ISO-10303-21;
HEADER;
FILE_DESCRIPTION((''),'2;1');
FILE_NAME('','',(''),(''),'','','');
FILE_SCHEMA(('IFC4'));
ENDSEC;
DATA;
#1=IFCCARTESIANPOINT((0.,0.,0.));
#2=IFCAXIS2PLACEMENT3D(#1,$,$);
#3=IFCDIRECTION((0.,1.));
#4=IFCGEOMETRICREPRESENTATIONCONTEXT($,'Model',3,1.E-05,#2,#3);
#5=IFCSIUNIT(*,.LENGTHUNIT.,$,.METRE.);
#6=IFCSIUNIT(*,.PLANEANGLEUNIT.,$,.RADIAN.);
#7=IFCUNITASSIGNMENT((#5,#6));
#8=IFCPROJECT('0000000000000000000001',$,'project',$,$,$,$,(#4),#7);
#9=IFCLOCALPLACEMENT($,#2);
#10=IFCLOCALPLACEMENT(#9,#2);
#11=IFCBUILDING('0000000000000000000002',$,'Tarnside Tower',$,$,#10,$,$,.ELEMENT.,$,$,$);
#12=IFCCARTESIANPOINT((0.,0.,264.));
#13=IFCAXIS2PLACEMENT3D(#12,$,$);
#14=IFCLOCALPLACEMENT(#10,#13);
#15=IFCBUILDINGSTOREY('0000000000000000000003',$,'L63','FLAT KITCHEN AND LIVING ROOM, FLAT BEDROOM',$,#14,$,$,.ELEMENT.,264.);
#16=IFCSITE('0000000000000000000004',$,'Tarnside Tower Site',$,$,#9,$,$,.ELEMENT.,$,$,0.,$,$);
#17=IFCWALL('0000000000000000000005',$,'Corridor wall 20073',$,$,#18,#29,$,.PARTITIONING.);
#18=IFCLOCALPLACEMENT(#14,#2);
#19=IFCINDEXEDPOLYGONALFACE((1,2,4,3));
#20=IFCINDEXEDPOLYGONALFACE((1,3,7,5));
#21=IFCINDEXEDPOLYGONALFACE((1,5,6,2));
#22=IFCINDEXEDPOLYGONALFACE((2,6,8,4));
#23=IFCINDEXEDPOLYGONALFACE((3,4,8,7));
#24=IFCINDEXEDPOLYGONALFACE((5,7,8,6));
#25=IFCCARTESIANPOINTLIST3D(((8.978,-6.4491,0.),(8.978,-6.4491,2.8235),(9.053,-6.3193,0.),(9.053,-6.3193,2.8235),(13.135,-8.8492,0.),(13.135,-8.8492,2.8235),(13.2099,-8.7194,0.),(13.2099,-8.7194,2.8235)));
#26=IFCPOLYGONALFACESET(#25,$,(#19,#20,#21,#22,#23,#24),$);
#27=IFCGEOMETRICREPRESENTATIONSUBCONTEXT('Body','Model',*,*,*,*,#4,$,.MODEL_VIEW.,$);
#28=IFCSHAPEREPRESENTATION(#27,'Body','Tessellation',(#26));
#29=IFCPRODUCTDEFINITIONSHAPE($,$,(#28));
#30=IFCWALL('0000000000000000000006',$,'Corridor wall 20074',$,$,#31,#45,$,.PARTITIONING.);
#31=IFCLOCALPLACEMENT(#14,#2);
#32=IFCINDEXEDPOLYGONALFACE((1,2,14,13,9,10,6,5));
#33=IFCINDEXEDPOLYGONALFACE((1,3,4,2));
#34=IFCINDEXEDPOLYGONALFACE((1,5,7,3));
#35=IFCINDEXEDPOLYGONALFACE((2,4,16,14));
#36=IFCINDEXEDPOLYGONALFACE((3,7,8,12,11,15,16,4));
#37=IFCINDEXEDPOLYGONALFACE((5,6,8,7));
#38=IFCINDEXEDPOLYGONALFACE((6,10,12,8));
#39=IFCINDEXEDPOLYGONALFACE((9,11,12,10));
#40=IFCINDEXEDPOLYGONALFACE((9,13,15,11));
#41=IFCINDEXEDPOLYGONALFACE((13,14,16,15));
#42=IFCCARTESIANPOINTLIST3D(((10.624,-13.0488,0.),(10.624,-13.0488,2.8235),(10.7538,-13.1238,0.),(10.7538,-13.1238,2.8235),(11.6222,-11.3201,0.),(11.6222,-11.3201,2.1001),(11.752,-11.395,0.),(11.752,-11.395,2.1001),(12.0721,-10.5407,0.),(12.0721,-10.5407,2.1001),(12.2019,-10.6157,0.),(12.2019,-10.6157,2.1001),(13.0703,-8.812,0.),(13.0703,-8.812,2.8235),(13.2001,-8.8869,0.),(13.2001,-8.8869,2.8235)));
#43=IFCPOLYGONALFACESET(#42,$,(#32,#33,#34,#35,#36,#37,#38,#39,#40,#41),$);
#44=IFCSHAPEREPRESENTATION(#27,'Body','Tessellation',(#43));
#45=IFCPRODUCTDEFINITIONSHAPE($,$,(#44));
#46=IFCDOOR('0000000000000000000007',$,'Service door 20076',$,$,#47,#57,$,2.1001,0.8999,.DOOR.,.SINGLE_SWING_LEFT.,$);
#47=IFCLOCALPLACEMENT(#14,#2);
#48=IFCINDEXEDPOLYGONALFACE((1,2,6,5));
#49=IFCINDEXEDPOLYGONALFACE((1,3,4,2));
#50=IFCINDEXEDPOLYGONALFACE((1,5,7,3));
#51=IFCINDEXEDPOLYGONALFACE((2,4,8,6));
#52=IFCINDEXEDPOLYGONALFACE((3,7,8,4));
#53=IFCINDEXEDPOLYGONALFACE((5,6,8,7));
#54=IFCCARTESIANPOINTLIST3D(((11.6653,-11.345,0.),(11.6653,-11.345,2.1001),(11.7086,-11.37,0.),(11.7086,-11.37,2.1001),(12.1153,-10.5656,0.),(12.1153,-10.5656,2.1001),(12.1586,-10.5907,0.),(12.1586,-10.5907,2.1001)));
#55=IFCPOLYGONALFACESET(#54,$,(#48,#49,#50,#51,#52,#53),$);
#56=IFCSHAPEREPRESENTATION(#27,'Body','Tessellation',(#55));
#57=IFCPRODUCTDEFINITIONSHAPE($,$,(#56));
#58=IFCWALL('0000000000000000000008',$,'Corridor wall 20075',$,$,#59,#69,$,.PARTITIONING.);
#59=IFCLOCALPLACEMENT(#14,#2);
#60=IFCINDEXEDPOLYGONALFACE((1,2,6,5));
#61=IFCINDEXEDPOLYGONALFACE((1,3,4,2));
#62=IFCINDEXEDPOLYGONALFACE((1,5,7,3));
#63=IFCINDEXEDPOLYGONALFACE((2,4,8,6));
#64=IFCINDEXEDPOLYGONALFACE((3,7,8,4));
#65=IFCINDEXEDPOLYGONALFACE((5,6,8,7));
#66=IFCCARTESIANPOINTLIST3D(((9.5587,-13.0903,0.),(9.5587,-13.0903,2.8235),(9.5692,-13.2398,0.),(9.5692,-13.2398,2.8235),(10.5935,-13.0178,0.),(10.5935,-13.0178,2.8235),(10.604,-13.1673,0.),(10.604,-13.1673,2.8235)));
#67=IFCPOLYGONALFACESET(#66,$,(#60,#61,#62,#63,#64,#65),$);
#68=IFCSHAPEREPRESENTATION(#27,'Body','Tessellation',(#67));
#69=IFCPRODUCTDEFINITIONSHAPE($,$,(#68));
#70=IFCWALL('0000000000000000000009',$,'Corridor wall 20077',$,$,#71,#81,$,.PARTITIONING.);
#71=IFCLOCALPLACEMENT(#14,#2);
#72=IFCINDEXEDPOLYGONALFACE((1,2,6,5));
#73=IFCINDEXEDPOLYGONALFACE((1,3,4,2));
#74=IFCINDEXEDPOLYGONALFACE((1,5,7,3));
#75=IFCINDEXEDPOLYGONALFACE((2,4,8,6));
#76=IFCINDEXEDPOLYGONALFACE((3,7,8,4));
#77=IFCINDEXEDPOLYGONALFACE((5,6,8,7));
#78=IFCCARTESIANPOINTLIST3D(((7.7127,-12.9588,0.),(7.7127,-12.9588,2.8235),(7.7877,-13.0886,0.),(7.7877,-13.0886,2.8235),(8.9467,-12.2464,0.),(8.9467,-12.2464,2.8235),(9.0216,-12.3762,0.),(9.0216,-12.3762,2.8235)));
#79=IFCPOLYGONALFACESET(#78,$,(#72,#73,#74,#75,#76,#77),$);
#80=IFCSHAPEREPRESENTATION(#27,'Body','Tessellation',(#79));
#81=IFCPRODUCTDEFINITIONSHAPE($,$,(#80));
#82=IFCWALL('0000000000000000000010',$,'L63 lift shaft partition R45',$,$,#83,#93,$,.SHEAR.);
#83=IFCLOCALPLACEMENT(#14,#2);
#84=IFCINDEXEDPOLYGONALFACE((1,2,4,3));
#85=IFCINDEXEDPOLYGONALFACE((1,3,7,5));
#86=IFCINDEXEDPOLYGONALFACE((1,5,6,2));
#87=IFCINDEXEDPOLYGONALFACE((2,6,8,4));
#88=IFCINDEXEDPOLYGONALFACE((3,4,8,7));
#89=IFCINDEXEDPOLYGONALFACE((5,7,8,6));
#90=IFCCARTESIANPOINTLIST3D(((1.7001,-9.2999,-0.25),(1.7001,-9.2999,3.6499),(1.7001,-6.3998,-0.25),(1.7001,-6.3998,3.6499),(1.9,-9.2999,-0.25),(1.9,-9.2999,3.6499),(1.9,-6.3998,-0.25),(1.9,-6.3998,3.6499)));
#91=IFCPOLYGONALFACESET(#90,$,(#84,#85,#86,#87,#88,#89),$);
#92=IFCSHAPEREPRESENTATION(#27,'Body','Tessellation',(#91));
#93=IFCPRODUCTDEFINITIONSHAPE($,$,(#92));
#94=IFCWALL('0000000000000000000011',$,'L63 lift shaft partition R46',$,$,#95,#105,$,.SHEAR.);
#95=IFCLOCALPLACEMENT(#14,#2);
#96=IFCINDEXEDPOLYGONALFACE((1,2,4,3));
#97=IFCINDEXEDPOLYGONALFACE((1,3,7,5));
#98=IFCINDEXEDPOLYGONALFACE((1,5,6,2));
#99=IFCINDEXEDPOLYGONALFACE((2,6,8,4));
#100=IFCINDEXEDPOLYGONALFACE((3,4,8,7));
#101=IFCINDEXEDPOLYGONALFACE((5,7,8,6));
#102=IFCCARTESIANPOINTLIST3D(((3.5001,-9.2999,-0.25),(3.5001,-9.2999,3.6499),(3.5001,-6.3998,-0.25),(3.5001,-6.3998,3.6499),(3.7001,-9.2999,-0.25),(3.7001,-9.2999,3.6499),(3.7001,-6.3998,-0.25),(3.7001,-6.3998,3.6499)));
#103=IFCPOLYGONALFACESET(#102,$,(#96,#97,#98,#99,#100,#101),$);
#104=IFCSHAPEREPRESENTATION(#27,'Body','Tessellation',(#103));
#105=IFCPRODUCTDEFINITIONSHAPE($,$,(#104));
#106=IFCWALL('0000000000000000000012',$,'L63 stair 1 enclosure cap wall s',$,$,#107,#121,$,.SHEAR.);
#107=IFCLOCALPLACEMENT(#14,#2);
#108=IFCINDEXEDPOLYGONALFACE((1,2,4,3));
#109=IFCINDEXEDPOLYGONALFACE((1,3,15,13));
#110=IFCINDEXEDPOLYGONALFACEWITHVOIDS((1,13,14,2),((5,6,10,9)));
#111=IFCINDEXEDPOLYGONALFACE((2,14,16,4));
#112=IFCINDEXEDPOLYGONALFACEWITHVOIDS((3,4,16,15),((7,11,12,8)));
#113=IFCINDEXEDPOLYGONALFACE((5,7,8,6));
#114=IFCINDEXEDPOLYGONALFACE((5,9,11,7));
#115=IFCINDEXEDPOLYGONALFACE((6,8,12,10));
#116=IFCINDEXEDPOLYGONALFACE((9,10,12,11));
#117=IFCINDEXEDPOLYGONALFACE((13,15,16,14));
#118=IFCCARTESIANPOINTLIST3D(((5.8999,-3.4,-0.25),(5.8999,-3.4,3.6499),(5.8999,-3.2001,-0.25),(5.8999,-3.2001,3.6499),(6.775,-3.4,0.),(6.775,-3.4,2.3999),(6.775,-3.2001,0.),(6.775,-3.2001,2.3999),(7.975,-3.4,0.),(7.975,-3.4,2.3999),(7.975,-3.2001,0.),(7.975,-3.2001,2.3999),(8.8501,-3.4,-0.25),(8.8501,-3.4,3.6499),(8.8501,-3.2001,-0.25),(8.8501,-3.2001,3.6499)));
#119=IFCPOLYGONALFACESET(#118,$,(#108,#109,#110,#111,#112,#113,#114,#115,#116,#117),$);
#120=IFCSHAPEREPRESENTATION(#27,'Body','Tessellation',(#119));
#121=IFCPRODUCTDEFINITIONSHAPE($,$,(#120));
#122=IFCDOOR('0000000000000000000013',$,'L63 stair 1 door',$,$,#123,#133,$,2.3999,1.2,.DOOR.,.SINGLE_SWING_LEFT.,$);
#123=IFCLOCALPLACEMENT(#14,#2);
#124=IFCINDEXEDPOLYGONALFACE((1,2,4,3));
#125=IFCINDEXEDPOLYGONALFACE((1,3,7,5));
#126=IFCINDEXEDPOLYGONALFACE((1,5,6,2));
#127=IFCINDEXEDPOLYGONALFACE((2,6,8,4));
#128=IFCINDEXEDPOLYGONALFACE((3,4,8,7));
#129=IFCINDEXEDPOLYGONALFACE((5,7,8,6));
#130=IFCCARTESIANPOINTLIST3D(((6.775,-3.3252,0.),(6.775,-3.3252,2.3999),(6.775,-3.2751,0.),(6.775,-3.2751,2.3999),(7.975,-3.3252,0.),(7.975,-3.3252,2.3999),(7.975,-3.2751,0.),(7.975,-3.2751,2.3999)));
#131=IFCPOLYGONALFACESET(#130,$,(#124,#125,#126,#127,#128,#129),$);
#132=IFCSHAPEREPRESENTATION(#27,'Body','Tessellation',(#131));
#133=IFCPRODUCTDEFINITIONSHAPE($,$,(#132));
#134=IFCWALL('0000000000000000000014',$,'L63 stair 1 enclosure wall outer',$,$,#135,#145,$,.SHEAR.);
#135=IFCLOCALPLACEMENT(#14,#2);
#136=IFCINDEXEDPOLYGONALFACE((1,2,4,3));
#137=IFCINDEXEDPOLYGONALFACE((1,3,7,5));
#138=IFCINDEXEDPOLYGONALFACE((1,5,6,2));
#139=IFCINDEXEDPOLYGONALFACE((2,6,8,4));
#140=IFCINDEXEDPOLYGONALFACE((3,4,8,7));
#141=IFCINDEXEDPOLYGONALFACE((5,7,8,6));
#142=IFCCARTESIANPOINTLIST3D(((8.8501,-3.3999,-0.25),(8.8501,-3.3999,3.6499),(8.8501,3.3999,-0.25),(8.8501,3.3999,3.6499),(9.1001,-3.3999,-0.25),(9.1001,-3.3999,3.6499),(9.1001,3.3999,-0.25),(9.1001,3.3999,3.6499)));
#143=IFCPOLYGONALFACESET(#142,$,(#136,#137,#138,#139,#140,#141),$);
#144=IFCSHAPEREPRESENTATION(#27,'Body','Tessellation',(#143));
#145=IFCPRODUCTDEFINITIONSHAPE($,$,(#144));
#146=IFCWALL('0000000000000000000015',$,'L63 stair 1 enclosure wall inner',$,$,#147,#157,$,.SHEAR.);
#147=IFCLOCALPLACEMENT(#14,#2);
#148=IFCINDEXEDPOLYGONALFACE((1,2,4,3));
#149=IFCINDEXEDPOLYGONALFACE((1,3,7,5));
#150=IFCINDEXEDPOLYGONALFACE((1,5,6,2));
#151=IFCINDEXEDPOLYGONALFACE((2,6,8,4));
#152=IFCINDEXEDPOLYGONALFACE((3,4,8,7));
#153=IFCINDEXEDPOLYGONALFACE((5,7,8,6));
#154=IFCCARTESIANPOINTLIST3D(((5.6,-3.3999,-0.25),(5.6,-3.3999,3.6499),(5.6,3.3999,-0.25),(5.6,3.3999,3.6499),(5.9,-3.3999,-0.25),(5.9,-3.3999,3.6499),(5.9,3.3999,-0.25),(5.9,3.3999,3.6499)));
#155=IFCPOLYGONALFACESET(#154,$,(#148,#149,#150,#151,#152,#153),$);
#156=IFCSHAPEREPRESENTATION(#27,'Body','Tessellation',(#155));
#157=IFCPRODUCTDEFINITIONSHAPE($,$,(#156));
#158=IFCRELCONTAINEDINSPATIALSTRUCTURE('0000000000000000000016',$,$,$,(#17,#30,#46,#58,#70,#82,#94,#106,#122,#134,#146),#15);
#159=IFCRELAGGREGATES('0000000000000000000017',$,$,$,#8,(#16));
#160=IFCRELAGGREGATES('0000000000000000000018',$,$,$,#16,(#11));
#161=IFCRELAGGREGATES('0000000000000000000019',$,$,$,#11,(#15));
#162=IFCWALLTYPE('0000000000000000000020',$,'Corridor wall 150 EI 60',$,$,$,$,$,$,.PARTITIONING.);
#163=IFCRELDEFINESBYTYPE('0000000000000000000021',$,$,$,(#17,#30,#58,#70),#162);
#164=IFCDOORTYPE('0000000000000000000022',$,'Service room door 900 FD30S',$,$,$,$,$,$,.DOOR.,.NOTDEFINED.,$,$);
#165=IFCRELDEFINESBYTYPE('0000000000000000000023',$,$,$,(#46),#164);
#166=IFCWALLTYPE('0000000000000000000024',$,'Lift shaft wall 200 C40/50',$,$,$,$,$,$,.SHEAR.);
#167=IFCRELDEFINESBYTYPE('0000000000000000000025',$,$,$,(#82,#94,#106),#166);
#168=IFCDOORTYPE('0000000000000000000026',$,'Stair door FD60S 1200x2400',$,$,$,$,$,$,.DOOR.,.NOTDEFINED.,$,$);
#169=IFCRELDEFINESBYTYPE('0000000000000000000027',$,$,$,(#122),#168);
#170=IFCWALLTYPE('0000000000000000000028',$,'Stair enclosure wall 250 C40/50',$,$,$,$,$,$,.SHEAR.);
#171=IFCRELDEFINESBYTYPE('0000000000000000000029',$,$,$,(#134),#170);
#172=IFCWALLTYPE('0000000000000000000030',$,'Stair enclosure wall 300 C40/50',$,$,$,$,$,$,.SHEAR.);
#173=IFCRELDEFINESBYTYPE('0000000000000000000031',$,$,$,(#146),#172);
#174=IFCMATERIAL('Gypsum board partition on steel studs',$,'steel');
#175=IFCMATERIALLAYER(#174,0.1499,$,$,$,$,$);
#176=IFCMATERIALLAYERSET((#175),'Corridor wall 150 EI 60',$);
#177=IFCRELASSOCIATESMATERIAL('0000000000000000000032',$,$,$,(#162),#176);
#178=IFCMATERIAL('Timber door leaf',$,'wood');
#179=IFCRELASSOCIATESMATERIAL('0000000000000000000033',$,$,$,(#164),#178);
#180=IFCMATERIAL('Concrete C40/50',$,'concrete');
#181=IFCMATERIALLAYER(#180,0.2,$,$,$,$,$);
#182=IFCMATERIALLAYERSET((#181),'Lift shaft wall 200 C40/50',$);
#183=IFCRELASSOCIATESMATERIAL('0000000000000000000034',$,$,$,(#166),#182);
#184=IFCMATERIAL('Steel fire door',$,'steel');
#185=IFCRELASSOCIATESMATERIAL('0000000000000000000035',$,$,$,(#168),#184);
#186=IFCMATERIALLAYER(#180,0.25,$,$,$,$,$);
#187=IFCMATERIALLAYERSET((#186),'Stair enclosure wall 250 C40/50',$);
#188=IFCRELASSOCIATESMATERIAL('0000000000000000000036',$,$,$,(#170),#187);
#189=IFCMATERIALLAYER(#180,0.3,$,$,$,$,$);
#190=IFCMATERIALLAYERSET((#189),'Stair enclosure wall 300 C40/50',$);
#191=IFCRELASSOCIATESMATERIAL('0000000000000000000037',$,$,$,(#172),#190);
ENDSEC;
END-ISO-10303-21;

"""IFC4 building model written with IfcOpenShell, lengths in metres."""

from ifc_helpers import new_model, si_unit, direction, frame, frame_2d, origin, place, context, subcontext, project, spatial, rectangle, extrude, material, layer, layer_set, type_object, element, fill, save


model = new_model("IFC4")

# Units and contexts
model_context = context("Model", 3, precision=1e-05, world=origin(), true_north=direction((0.0, 1.0)))
body_context = subcontext(model_context, "Body", "Model", "MODEL_VIEW")
ifc_project = project(units=[si_unit("LENGTHUNIT", "METRE"), si_unit("PLANEANGLEUNIT", "RADIAN")], contexts=[model_context])

# Site, building, storey
site_placement = place(None, origin())
site = spatial("IfcSite", under=ifc_project, at=site_placement, Name="Tarnside Tower Site", CompositionType="ELEMENT", RefElevation=0.0)
building_placement = place(site_placement, origin())
building = spatial("IfcBuilding", under=site, at=building_placement, Name="Tarnside Tower", CompositionType="ELEMENT")
storey_placement = place(building_placement, frame((0.0, 0.0, 264.0)))
storey = spatial("IfcBuildingStorey", under=building, at=storey_placement, Name="L63", Description="FLAT KITCHEN AND LIVING ROOM, FLAT BEDROOM", CompositionType="ELEMENT", Elevation=264.0)

# Shared definitions
ifc_material_1 = material(Name="Gypsum board partition on steel studs", Category="steel")
ifc_material_2 = material(Name="Timber door leaf", Category="wood")
ifc_material_3 = material(Name="Concrete C40/50", Category="concrete")
ifc_material_4 = material(Name="Steel fire door", Category="steel")

# Wall
ifc_layer_1 = layer(ifc_material_1, 0.1499)
ifc_layer_set_1 = layer_set([ifc_layer_1], Name="Corridor wall 150 EI 60")
wall_type_1 = type_object("IfcWallType", Name="Corridor wall 150 EI 60", PredefinedType="PARTITIONING", material=ifc_layer_set_1)
wall_1_placement = place(storey_placement, frame((9.0156, -6.3843, 0.0), z_axis=(0.0, 0.0, 1.0), x_axis=(0.866015, -0.500017, 0.0)))
element("IfcWall", 1, at=wall_1_placement, inside=storey, type_object=wall_type_1, Name="Corridor wall 20073", PredefinedType="PARTITIONING", context=body_context, shape_type="SweptSolid", body=[
    extrude(rectangle(XDim=4.8, YDim=0.1499, at=frame_2d((2.3999, 0.0))), origin(), (0.0, 0.0, 1.0), 2.8235),
])

# Wall, opening, door
wall_2_placement = place(storey_placement, frame((13.1353, -8.8494, 0.0), z_axis=(0.0, 0.0, 1.0), x_axis=(-0.500025, -0.866011, 0.0)))
wall_2 = element("IfcWall", 2, at=wall_2_placement, inside=storey, type_object=wall_type_1, Name="Corridor wall 20074", PredefinedType="PARTITIONING", context=body_context, shape_type="SweptSolid", body=[
    extrude(rectangle(XDim=4.8923, YDim=0.1499, at=frame_2d((2.4463, 0.0))), origin(), (0.0, 0.0, 1.0), 2.8235),
])
opening_1_placement = place(wall_2_placement, frame((1.9963, 0.0, 0.0)))
opening_1 = element("IfcOpeningElement", 3, at=opening_1_placement, cuts=wall_2, PredefinedType="OPENING", context=body_context, shape_type="SweptSolid", body=[
    extrude(rectangle(XDim=0.8999, YDim=2.1001, at=frame_2d((0.45, 1.05))), frame((0.0, 0.085, 0.0), z_axis=(0.0, -1.0, 0.0), x_axis=(1.0, 0.0, 0.0)), (0.0, 0.0, 1.0), 0.1699),
])
door_type_1 = type_object("IfcDoorType", Name="Service room door 900 FD30S", OperationType="NOTDEFINED", PredefinedType="DOOR", material=ifc_material_2)
door_1_placement = place(opening_1_placement, origin())
door_1 = element("IfcDoor", 4, at=door_1_placement, inside=storey, type_object=door_type_1, Name="Service door 20076", OperationType="SINGLE_SWING_LEFT", OverallHeight=2.1001, OverallWidth=0.8999, PredefinedType="DOOR", context=body_context, shape_type="SweptSolid", body=[
    extrude(rectangle(XDim=0.8999, YDim=2.1001, at=frame_2d((0.45, 1.05))), frame((0.0, 0.0249, 0.0), z_axis=(0.0, -1.0, 0.0), x_axis=(1.0, 0.0, 0.0)), (0.0, 0.0, 1.0), 0.05),
])
fill(opening_1, door_1)

# Walls
wall_3_placement = place(storey_placement, frame((10.5986, -13.0925, 0.0), z_axis=(0.0, 0.0, 1.0), x_axis=(-0.997555, -0.069892, 0.0)))
element("IfcWall", 5, at=wall_3_placement, inside=storey, type_object=wall_type_1, Name="Corridor wall 20075", PredefinedType="PARTITIONING", context=body_context, shape_type="SweptSolid", body=[
    extrude(rectangle(XDim=1.0374, YDim=0.1499, at=frame_2d((0.5186, 0.0))), origin(), (0.0, 0.0, 1.0), 2.8235),
])
wall_4_placement = place(storey_placement, frame((8.9841, -12.3113, 0.0), z_axis=(0.0, 0.0, 1.0), x_axis=(-0.86602, -0.500009, 0.0)))
element("IfcWall", 6, at=wall_4_placement, inside=storey, type_object=wall_type_1, Name="Corridor wall 20077", PredefinedType="PARTITIONING", context=body_context, shape_type="SweptSolid", body=[
    extrude(rectangle(XDim=1.4248, YDim=0.1499, at=frame_2d((0.7124, 0.0))), origin(), (0.0, 0.0, 1.0), 2.8235),
])
ifc_layer_2 = layer(ifc_material_3, 0.2)
ifc_layer_set_2 = layer_set([ifc_layer_2], Name="Lift shaft wall 200 C40/50")
wall_type_2 = type_object("IfcWallType", Name="Lift shaft wall 200 C40/50", PredefinedType="SHEAR", material=ifc_layer_set_2)
for number, where, z_axis, x_axis, name in (
    (7, (1.8, -9.3, -0.25), (0.0, 0.0, 1.0), (0.0, 1.0, 0.0), "L63 lift shaft partition R45"),
    (8, (3.6001, -9.3, -0.25), (0.0, 0.0, 1.0), (0.0, 1.0, 0.0), "L63 lift shaft partition R46"),
):
    element("IfcWall", number, at=place(storey_placement, frame(where, z_axis=z_axis, x_axis=x_axis)), inside=storey, type_object=wall_type_2, Name=name, PredefinedType="SHEAR", context=body_context, shape_type="SweptSolid", body=[
        extrude(rectangle(XDim=2.9001, YDim=0.2, at=frame_2d((1.4502, 0.0))), origin(), (0.0, 0.0, 1.0), 3.8999),
    ])

# Wall, opening, door
wall_5_placement = place(storey_placement, frame((5.8999, -3.3, -0.25), z_axis=(0.0, 0.0, 1.0), x_axis=(1.0, 0.0, 0.0)))
wall_5 = element("IfcWall", 9, at=wall_5_placement, inside=storey, type_object=wall_type_2, Name="L63 stair 1 enclosure cap wall s", PredefinedType="SHEAR", context=body_context, shape_type="SweptSolid", body=[
    extrude(rectangle(XDim=2.9502, YDim=0.2, at=frame_2d((1.4751, 0.0))), origin(), (0.0, 0.0, 1.0), 3.8999),
])
opening_2_placement = place(wall_5_placement, frame((0.875, 0.0, 0.25)))
opening_2 = element("IfcOpeningElement", 10, at=opening_2_placement, cuts=wall_5, PredefinedType="OPENING", context=body_context, shape_type="SweptSolid", body=[
    extrude(rectangle(XDim=1.2, YDim=2.3999, at=frame_2d((0.6001, 1.2))), frame((0.0, 0.1099, 0.0), z_axis=(0.0, -1.0, 0.0), x_axis=(1.0, 0.0, 0.0)), (0.0, 0.0, 1.0), 0.22),
])
door_type_2 = type_object("IfcDoorType", Name="Stair door FD60S 1200x2400", OperationType="NOTDEFINED", PredefinedType="DOOR", material=ifc_material_4)
door_2_placement = place(opening_2_placement, origin())
door_2 = element("IfcDoor", 11, at=door_2_placement, inside=storey, type_object=door_type_2, Name="L63 stair 1 door", OperationType="SINGLE_SWING_LEFT", OverallHeight=2.3999, OverallWidth=1.2, PredefinedType="DOOR", context=body_context, shape_type="SweptSolid", body=[
    extrude(rectangle(XDim=1.2, YDim=2.3999, at=frame_2d((0.6001, 1.2))), frame((0.0, 0.0249, 0.0), z_axis=(0.0, -1.0, 0.0), x_axis=(1.0, 0.0, 0.0)), (0.0, 0.0, 1.0), 0.05),
])
fill(opening_2, door_2)

# Walls
ifc_layer_3 = layer(ifc_material_3, 0.25)
ifc_layer_set_3 = layer_set([ifc_layer_3], Name="Stair enclosure wall 250 C40/50")
wall_type_3 = type_object("IfcWallType", Name="Stair enclosure wall 250 C40/50", PredefinedType="SHEAR", material=ifc_layer_set_3)
wall_6_placement = place(storey_placement, frame((8.9751, -3.3999, -0.25), z_axis=(0.0, 0.0, 1.0), x_axis=(0.0, 1.0, 0.0)))
element("IfcWall", 12, at=wall_6_placement, inside=storey, type_object=wall_type_3, Name="L63 stair 1 enclosure wall outer", PredefinedType="SHEAR", context=body_context, shape_type="SweptSolid", body=[
    extrude(rectangle(XDim=6.7998, YDim=0.25, at=frame_2d((3.3999, 0.0))), origin(), (0.0, 0.0, 1.0), 3.8999),
])
ifc_layer_4 = layer(ifc_material_3, 0.3)
ifc_layer_set_4 = layer_set([ifc_layer_4], Name="Stair enclosure wall 300 C40/50")
wall_type_4 = type_object("IfcWallType", Name="Stair enclosure wall 300 C40/50", PredefinedType="SHEAR", material=ifc_layer_set_4)
wall_7_placement = place(storey_placement, frame((5.75, -3.3999, -0.25), z_axis=(0.0, 0.0, 1.0), x_axis=(0.0, 1.0, 0.0)))
element("IfcWall", 13, at=wall_7_placement, inside=storey, type_object=wall_type_4, Name="L63 stair 1 enclosure wall inner", PredefinedType="SHEAR", context=body_context, shape_type="SweptSolid", body=[
    extrude(rectangle(XDim=6.7998, YDim=0.3, at=frame_2d((3.3999, 0.0))), origin(), (0.0, 0.0, 1.0), 3.8999),
])

save(model, "model.ifc")
